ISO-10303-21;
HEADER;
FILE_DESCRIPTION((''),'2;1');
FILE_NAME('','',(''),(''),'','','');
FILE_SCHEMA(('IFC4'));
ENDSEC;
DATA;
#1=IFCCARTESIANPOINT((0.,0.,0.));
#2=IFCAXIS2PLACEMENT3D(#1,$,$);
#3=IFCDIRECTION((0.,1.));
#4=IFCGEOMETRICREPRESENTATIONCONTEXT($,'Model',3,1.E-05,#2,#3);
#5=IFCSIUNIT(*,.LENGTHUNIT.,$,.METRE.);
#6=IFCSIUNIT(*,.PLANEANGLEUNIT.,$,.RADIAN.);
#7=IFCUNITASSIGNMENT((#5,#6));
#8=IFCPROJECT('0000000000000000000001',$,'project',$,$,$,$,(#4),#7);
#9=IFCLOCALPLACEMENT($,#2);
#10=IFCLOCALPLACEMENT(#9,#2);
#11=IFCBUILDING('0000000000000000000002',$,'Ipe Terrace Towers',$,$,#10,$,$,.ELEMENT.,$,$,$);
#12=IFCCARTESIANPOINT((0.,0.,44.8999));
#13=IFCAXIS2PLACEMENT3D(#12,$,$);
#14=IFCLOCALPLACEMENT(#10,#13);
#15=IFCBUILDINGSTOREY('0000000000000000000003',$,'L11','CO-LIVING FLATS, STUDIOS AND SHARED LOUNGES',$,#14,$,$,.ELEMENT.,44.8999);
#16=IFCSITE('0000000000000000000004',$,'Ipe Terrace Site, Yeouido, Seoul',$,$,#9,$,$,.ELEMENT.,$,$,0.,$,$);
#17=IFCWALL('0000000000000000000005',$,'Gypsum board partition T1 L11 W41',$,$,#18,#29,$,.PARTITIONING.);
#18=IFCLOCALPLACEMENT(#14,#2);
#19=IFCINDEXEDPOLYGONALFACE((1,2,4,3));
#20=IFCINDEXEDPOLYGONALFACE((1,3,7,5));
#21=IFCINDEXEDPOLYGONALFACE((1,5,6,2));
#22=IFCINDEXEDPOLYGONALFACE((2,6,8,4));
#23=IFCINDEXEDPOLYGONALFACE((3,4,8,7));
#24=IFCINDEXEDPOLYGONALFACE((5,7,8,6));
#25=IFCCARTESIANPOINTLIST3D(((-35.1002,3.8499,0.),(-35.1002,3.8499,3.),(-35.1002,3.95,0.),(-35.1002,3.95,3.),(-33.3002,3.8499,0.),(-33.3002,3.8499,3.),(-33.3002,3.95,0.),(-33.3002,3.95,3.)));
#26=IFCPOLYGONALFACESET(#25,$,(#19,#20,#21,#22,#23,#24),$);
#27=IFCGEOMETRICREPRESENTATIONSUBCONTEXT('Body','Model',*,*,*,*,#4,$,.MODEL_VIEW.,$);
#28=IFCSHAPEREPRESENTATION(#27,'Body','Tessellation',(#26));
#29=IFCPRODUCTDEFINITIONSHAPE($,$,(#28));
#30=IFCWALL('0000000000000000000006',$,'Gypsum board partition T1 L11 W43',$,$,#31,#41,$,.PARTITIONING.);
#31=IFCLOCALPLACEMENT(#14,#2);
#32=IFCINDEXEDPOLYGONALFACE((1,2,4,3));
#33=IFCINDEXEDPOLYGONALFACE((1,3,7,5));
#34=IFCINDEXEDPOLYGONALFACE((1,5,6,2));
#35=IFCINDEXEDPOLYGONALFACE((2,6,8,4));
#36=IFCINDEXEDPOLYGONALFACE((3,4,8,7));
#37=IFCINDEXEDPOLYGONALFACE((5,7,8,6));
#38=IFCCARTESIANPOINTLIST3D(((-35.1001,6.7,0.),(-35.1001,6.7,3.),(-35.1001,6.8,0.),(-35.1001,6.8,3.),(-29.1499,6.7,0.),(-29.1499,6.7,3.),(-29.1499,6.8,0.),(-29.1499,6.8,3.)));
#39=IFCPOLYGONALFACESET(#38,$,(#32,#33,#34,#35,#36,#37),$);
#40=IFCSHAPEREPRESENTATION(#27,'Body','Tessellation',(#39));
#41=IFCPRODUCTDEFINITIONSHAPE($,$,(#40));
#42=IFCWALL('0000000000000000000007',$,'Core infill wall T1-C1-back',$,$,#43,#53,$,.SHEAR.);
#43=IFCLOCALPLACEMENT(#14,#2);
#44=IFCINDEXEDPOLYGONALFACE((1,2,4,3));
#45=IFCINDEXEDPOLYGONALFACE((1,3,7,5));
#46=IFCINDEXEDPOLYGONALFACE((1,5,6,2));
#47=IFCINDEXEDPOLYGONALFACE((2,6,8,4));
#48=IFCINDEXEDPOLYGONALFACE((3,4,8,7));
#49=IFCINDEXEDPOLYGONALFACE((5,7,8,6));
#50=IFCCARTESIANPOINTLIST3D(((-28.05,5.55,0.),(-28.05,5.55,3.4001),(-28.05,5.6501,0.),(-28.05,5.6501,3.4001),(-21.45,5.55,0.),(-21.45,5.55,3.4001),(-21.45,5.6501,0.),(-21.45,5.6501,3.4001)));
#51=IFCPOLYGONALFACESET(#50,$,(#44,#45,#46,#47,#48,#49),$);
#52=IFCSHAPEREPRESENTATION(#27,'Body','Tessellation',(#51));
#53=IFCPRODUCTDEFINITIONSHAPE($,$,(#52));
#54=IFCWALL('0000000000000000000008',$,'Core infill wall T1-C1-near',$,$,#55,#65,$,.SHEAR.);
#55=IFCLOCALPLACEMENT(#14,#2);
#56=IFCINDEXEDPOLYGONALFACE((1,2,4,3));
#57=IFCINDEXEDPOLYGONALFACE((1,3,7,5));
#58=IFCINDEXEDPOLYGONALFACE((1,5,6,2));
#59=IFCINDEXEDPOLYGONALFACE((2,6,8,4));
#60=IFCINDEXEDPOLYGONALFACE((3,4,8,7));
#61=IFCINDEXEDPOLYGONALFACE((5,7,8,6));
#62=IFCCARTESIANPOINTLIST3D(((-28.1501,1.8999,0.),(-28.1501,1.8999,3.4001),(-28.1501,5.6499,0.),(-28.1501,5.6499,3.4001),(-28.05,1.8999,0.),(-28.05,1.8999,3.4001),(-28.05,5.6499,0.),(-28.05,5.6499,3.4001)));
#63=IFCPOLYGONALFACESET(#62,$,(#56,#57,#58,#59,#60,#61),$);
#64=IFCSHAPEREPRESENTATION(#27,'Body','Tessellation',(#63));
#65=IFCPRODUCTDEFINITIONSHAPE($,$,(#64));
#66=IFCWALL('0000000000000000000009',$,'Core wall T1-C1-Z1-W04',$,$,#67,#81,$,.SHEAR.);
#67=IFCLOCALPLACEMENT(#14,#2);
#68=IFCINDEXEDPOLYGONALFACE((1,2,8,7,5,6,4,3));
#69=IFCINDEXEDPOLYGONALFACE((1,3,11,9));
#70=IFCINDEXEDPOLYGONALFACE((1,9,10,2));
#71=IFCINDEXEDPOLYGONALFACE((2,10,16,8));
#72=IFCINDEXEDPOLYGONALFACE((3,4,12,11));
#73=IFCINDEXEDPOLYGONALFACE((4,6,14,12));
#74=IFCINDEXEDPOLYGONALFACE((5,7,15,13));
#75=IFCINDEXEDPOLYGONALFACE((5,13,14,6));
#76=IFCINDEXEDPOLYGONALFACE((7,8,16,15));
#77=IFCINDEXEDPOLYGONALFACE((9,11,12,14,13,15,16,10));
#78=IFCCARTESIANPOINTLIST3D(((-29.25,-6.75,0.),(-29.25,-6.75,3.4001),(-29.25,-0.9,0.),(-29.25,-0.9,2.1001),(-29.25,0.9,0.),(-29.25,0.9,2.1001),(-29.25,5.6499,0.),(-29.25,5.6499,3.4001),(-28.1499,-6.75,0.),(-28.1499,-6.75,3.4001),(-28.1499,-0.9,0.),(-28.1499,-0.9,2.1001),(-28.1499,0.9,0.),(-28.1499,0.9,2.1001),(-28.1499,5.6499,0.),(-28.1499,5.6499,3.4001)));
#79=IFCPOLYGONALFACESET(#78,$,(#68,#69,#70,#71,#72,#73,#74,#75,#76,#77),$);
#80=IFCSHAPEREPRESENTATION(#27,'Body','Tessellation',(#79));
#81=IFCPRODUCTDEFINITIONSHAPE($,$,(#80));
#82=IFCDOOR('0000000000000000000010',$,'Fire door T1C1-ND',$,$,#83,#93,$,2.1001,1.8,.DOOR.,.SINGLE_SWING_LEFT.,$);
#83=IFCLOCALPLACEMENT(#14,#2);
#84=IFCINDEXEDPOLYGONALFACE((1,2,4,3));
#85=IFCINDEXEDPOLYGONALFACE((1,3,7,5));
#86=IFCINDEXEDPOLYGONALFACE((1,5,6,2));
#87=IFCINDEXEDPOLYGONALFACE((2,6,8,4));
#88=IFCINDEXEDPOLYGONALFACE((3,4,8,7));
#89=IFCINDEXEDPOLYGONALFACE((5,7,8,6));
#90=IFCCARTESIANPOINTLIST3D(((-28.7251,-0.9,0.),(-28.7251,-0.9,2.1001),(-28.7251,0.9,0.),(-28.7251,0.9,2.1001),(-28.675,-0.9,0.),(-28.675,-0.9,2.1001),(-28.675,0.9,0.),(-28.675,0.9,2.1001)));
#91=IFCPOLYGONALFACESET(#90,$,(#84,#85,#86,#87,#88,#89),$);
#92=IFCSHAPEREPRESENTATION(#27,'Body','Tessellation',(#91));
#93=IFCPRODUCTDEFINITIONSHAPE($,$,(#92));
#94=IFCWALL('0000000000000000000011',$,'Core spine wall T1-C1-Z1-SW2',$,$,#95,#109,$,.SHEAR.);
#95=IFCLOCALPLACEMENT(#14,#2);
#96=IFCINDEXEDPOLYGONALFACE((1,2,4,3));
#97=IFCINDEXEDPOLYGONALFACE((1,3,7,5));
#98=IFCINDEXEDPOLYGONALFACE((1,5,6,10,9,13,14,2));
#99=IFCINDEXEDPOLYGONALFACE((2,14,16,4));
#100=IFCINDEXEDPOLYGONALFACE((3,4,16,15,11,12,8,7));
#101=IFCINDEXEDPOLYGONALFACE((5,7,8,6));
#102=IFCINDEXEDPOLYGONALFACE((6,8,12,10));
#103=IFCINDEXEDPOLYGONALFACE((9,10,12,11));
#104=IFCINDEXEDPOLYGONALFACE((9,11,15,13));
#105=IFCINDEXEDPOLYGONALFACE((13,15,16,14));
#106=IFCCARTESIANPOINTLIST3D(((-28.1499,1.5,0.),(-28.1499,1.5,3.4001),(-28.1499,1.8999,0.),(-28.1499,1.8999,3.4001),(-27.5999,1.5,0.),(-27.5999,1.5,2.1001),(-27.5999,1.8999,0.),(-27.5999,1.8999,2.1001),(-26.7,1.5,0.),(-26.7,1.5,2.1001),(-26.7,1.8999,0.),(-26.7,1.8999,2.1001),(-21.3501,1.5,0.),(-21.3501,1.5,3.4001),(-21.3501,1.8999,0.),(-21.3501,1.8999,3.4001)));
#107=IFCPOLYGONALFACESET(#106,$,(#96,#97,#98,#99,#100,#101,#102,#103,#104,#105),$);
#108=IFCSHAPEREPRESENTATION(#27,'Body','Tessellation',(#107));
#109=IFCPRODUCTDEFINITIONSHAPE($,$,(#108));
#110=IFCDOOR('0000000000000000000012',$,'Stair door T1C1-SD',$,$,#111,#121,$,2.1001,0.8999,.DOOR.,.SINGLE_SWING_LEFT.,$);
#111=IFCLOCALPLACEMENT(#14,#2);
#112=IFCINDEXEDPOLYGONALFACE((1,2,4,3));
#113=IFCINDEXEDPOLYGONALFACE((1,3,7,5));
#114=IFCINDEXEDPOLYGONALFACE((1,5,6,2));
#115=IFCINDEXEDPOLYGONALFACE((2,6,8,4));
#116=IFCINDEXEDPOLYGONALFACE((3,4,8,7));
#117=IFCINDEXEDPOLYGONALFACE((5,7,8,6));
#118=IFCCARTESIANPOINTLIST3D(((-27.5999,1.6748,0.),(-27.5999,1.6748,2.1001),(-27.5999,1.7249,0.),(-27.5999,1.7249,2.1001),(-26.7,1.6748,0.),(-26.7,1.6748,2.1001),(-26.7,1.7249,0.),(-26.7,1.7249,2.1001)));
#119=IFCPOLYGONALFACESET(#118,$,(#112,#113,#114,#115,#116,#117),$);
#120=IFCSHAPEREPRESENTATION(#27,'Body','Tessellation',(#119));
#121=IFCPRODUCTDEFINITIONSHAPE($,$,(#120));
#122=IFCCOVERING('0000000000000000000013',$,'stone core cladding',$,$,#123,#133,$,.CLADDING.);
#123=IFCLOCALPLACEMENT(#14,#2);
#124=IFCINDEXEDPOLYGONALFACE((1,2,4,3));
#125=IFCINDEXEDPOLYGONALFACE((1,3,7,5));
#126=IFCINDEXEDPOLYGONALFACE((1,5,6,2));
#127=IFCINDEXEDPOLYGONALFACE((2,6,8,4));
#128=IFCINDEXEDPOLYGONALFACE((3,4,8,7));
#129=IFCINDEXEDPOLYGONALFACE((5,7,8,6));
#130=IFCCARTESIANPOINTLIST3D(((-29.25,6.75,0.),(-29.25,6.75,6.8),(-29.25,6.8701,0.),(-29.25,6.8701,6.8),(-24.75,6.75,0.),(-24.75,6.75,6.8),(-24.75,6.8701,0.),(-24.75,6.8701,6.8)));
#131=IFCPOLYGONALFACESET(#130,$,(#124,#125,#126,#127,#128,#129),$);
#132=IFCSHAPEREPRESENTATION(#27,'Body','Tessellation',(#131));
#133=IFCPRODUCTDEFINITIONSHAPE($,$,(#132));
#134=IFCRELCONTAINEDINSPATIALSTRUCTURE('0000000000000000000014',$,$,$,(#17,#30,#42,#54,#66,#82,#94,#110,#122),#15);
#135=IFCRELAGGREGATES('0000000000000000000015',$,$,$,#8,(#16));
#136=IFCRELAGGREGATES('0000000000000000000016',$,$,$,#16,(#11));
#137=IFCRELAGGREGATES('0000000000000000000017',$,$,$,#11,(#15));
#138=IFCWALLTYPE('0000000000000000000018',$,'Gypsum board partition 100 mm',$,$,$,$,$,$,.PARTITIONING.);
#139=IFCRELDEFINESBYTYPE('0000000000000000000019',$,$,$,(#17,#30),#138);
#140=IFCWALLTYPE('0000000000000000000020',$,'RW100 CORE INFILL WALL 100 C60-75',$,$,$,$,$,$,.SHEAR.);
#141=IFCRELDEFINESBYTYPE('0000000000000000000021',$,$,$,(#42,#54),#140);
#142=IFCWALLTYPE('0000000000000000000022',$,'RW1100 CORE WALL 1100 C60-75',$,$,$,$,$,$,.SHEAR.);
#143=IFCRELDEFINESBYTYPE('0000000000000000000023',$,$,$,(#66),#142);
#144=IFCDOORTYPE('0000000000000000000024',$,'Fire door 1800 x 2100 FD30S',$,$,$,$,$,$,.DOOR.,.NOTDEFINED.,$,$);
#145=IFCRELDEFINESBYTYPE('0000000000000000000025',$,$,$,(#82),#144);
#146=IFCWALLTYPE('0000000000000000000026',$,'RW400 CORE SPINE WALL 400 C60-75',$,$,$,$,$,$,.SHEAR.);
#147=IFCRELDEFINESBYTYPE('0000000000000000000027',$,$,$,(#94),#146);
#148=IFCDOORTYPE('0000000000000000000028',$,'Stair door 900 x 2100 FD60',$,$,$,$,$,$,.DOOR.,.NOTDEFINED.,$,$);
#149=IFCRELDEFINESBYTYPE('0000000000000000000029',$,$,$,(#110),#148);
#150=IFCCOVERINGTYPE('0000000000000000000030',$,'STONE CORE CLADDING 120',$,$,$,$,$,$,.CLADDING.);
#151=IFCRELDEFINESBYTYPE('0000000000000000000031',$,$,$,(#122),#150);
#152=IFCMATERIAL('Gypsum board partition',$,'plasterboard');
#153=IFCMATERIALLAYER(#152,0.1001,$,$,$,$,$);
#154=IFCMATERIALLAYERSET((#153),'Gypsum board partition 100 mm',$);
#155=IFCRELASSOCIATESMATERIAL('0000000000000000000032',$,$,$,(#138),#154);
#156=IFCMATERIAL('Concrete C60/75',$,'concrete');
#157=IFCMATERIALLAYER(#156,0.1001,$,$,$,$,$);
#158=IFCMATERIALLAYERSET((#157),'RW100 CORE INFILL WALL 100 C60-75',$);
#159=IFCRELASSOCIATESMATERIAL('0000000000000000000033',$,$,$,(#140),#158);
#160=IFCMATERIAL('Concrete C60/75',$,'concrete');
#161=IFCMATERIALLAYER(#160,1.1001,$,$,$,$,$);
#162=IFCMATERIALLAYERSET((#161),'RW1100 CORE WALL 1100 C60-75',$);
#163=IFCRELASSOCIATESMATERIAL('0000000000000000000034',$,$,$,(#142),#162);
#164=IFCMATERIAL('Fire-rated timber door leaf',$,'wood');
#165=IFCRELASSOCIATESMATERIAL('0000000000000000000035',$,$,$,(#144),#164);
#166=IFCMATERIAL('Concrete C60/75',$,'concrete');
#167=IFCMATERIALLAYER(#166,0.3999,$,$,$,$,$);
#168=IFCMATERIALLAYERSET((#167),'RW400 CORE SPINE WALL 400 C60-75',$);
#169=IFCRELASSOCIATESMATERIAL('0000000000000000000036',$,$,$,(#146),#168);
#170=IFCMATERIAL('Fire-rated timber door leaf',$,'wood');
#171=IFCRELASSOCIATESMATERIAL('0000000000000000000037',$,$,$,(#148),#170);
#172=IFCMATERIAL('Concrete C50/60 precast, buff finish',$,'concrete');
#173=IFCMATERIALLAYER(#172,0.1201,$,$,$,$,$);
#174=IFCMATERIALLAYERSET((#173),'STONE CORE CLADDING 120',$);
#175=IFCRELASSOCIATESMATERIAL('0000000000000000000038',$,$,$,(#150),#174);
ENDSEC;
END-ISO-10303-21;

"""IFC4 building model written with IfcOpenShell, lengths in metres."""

from ifc_helpers import new_model, si_unit, direction, frame, frame_2d, origin, origin_2d, place, context, subcontext, project, spatial, rectangle, extrude, material, layer, layer_set, type_object, element, fill, save


model = new_model("IFC4")

# Units and contexts
model_context = context("Model", 3, precision=1e-05, world=origin(), true_north=direction((0.0, 1.0)))
body_context = subcontext(model_context, "Body", "Model", "MODEL_VIEW")
ifc_project = project(units=[si_unit("LENGTHUNIT", "METRE"), si_unit("PLANEANGLEUNIT", "RADIAN")], contexts=[model_context])

# Site, building, storey
site_placement = place(None, origin())
site = spatial("IfcSite", under=ifc_project, at=site_placement, Name="Ipe Terrace Site, Yeouido, Seoul", CompositionType="ELEMENT", RefElevation=0.0)
building_placement = place(site_placement, origin())
building = spatial("IfcBuilding", under=site, at=building_placement, Name="Ipe Terrace Towers", CompositionType="ELEMENT")
storey_placement = place(building_placement, frame((0.0, 0.0, 44.8999)))
storey = spatial("IfcBuildingStorey", under=building, at=storey_placement, Name="L11", Description="CO-LIVING FLATS, STUDIOS AND SHARED LOUNGES", CompositionType="ELEMENT", Elevation=44.8999)

# Shared definitions
ifc_material_1 = material(Name="Gypsum board partition", Category="plasterboard")
ifc_layer_1 = layer(ifc_material_1, 0.1001)
ifc_layer_set_1 = layer_set([ifc_layer_1], Name="Gypsum board partition 100 mm")
wall_type_1 = type_object("IfcWallType", Name="Gypsum board partition 100 mm", PredefinedType="PARTITIONING", material=ifc_layer_set_1)

# Walls
wall_1_placement = place(storey_placement, frame((-35.1001, 3.8999, 0.0), z_axis=(0.0, 0.0, 1.0), x_axis=(1.0, 0.0, 0.0)))
element("IfcWall", 1, at=wall_1_placement, inside=storey, type_object=wall_type_1, Name="Gypsum board partition T1 L11 W41", PredefinedType="PARTITIONING", context=body_context, shape_type="SweptSolid", body=[
    extrude(rectangle(XDim=1.8, YDim=0.1001, at=frame_2d((0.8999, 0.0))), origin(), (0.0, 0.0, 1.0), 3.0),
])
wall_2_placement = place(storey_placement, frame((-35.1001, 6.75, 0.0), z_axis=(0.0, 0.0, 1.0), x_axis=(1.0, 0.0, 0.0)))
element("IfcWall", 2, at=wall_2_placement, inside=storey, type_object=wall_type_1, Name="Gypsum board partition T1 L11 W43", PredefinedType="PARTITIONING", context=body_context, shape_type="SweptSolid", body=[
    extrude(rectangle(XDim=5.9502, YDim=0.1001, at=frame_2d((2.9751, 0.0))), origin(), (0.0, 0.0, 1.0), 3.0),
])
ifc_material_2 = material(Name="Concrete C60/75", Category="concrete")
ifc_layer_2 = layer(ifc_material_2, 0.1001)
ifc_layer_set_2 = layer_set([ifc_layer_2], Name="RW100 CORE INFILL WALL 100 C60-75")
wall_type_2 = type_object("IfcWallType", Name="RW100 CORE INFILL WALL 100 C60-75", PredefinedType="SHEAR", material=ifc_layer_set_2)
wall_3_placement = place(storey_placement, frame((-28.05, 5.6001, 0.0), z_axis=(0.0, 0.0, 1.0), x_axis=(1.0, 0.0, 0.0)))
element("IfcWall", 3, at=wall_3_placement, inside=storey, type_object=wall_type_2, Name="Core infill wall T1-C1-back", PredefinedType="SHEAR", context=body_context, shape_type="SweptSolid", body=[
    extrude(rectangle(XDim=6.6001, YDim=0.1001, at=frame_2d((3.3, 0.0))), origin(), (0.0, 0.0, 1.0), 3.4001),
])
wall_4_placement = place(storey_placement, frame((-28.1001, 1.8999, 0.0), z_axis=(0.0, 0.0, 1.0), x_axis=(0.0, 1.0, 0.0)))
element("IfcWall", 4, at=wall_4_placement, inside=storey, type_object=wall_type_2, Name="Core infill wall T1-C1-near", PredefinedType="SHEAR", context=body_context, shape_type="SweptSolid", body=[
    extrude(rectangle(XDim=3.75, YDim=0.1001, at=frame_2d((1.875, 0.0))), origin(), (0.0, 0.0, 1.0), 3.4001),
])

# Walls, openings, doors
ifc_material_3 = material(Name="Concrete C60/75", Category="concrete")
ifc_layer_3 = layer(ifc_material_3, 1.1001)
ifc_layer_set_3 = layer_set([ifc_layer_3], Name="RW1100 CORE WALL 1100 C60-75")
wall_type_3 = type_object("IfcWallType", Name="RW1100 CORE WALL 1100 C60-75", PredefinedType="SHEAR", material=ifc_layer_set_3)
wall_5_placement = place(storey_placement, frame((-28.7, 5.6499, 0.0), z_axis=(0.0, 0.0, 1.0), x_axis=(0.0, -1.0, 0.0)))
wall_5 = element("IfcWall", 5, at=wall_5_placement, inside=storey, type_object=wall_type_3, Name="Core wall T1-C1-Z1-W04", PredefinedType="SHEAR", context=body_context, shape_type="SweptSolid", body=[
    extrude(rectangle(XDim=12.3999, YDim=1.1001, at=frame_2d((6.2, 0.0))), origin(), (0.0, 0.0, 1.0), 3.4001),
])
opening_1_placement = place(wall_5_placement, frame((4.75, 0.0, 0.0)))
opening_1 = element("IfcOpeningElement", 6, at=opening_1_placement, cuts=wall_5, PredefinedType="OPENING", context=body_context, shape_type="SweptSolid", body=[
    extrude(rectangle(XDim=1.8, YDim=2.1001, at=frame_2d((0.8999, 1.05))), frame((0.0, 0.5601, 0.0), z_axis=(0.0, -1.0, 0.0), x_axis=(1.0, 0.0, 0.0)), (0.0, 0.0, 1.0), 1.1201),
])
ifc_material_4 = material(Name="Fire-rated timber door leaf", Category="wood")
door_type_1 = type_object("IfcDoorType", Name="Fire door 1800 x 2100 FD30S", OperationType="NOTDEFINED", PredefinedType="DOOR", material=ifc_material_4)
door_1_placement = place(opening_1_placement, origin())
door_1 = element("IfcDoor", 7, at=door_1_placement, inside=storey, type_object=door_type_1, Name="Fire door T1C1-ND", OperationType="SINGLE_SWING_LEFT", OverallHeight=2.1001, OverallWidth=1.8, PredefinedType="DOOR", context=body_context, shape_type="SweptSolid", body=[
    extrude(rectangle(XDim=1.8, YDim=2.1001, at=frame_2d((0.8999, 1.05))), frame((0.0, 0.0249, 0.0), z_axis=(0.0, -1.0, 0.0), x_axis=(1.0, 0.0, 0.0)), (0.0, 0.0, 1.0), 0.05),
])
fill(opening_1, door_1)
ifc_material_5 = material(Name="Concrete C60/75", Category="concrete")
ifc_layer_4 = layer(ifc_material_5, 0.3999)
ifc_layer_set_4 = layer_set([ifc_layer_4], Name="RW400 CORE SPINE WALL 400 C60-75")
wall_type_4 = type_object("IfcWallType", Name="RW400 CORE SPINE WALL 400 C60-75", PredefinedType="SHEAR", material=ifc_layer_set_4)
wall_6_placement = place(storey_placement, frame((-28.1499, 1.7, 0.0), z_axis=(0.0, 0.0, 1.0), x_axis=(1.0, 0.0, 0.0)))
wall_6 = element("IfcWall", 8, at=wall_6_placement, inside=storey, type_object=wall_type_4, Name="Core spine wall T1-C1-Z1-SW2", PredefinedType="SHEAR", context=body_context, shape_type="SweptSolid", body=[
    extrude(rectangle(XDim=6.7998, YDim=0.3999, at=frame_2d((3.3999, 0.0))), origin(), (0.0, 0.0, 1.0), 3.4001),
])
opening_2_placement = place(wall_6_placement, frame((0.55, 0.0, 0.0)))
opening_2 = element("IfcOpeningElement", 9, at=opening_2_placement, cuts=wall_6, PredefinedType="OPENING", context=body_context, shape_type="SweptSolid", body=[
    extrude(rectangle(XDim=0.8999, YDim=2.1001, at=frame_2d((0.45, 1.05))), frame((0.0, 0.21, 0.0), z_axis=(0.0, -1.0, 0.0), x_axis=(1.0, 0.0, 0.0)), (0.0, 0.0, 1.0), 0.4199),
])
ifc_material_6 = material(Name="Fire-rated timber door leaf", Category="wood")
door_type_2 = type_object("IfcDoorType", Name="Stair door 900 x 2100 FD60", OperationType="NOTDEFINED", PredefinedType="DOOR", material=ifc_material_6)
door_2_placement = place(opening_2_placement, origin())
door_2 = element("IfcDoor", 10, at=door_2_placement, inside=storey, type_object=door_type_2, Name="Stair door T1C1-SD", OperationType="SINGLE_SWING_LEFT", OverallHeight=2.1001, OverallWidth=0.8999, PredefinedType="DOOR", context=body_context, shape_type="SweptSolid", body=[
    extrude(rectangle(XDim=0.8999, YDim=2.1001, at=frame_2d((0.45, 1.05))), frame((0.0, 0.0249, 0.0), z_axis=(0.0, -1.0, 0.0), x_axis=(1.0, 0.0, 0.0)), (0.0, 0.0, 1.0), 0.05),
])
fill(opening_2, door_2)

# Covering
ifc_material_7 = material(Name="Concrete C50/60 precast, buff finish", Category="concrete")
ifc_layer_5 = layer(ifc_material_7, 0.1201)
ifc_layer_set_5 = layer_set([ifc_layer_5], Name="STONE CORE CLADDING 120")
covering_type = type_object("IfcCoveringType", Name="STONE CORE CLADDING 120", PredefinedType="CLADDING", material=ifc_layer_set_5)
covering_placement = place(storey_placement, frame((-27.0, 6.8101, 0.0), z_axis=(0.0, 0.0, 1.0), x_axis=(-1.0, 0.0, 0.0)))
element("IfcCovering", 11, at=covering_placement, inside=storey, type_object=covering_type, Name="stone core cladding", PredefinedType="CLADDING", context=body_context, shape_type="SweptSolid", body=[
    extrude(rectangle(XDim=4.5, YDim=0.1201, at=origin_2d()), origin(), (0.0, 0.0, 1.0), 6.8),
])

save(model, "model.ifc")
